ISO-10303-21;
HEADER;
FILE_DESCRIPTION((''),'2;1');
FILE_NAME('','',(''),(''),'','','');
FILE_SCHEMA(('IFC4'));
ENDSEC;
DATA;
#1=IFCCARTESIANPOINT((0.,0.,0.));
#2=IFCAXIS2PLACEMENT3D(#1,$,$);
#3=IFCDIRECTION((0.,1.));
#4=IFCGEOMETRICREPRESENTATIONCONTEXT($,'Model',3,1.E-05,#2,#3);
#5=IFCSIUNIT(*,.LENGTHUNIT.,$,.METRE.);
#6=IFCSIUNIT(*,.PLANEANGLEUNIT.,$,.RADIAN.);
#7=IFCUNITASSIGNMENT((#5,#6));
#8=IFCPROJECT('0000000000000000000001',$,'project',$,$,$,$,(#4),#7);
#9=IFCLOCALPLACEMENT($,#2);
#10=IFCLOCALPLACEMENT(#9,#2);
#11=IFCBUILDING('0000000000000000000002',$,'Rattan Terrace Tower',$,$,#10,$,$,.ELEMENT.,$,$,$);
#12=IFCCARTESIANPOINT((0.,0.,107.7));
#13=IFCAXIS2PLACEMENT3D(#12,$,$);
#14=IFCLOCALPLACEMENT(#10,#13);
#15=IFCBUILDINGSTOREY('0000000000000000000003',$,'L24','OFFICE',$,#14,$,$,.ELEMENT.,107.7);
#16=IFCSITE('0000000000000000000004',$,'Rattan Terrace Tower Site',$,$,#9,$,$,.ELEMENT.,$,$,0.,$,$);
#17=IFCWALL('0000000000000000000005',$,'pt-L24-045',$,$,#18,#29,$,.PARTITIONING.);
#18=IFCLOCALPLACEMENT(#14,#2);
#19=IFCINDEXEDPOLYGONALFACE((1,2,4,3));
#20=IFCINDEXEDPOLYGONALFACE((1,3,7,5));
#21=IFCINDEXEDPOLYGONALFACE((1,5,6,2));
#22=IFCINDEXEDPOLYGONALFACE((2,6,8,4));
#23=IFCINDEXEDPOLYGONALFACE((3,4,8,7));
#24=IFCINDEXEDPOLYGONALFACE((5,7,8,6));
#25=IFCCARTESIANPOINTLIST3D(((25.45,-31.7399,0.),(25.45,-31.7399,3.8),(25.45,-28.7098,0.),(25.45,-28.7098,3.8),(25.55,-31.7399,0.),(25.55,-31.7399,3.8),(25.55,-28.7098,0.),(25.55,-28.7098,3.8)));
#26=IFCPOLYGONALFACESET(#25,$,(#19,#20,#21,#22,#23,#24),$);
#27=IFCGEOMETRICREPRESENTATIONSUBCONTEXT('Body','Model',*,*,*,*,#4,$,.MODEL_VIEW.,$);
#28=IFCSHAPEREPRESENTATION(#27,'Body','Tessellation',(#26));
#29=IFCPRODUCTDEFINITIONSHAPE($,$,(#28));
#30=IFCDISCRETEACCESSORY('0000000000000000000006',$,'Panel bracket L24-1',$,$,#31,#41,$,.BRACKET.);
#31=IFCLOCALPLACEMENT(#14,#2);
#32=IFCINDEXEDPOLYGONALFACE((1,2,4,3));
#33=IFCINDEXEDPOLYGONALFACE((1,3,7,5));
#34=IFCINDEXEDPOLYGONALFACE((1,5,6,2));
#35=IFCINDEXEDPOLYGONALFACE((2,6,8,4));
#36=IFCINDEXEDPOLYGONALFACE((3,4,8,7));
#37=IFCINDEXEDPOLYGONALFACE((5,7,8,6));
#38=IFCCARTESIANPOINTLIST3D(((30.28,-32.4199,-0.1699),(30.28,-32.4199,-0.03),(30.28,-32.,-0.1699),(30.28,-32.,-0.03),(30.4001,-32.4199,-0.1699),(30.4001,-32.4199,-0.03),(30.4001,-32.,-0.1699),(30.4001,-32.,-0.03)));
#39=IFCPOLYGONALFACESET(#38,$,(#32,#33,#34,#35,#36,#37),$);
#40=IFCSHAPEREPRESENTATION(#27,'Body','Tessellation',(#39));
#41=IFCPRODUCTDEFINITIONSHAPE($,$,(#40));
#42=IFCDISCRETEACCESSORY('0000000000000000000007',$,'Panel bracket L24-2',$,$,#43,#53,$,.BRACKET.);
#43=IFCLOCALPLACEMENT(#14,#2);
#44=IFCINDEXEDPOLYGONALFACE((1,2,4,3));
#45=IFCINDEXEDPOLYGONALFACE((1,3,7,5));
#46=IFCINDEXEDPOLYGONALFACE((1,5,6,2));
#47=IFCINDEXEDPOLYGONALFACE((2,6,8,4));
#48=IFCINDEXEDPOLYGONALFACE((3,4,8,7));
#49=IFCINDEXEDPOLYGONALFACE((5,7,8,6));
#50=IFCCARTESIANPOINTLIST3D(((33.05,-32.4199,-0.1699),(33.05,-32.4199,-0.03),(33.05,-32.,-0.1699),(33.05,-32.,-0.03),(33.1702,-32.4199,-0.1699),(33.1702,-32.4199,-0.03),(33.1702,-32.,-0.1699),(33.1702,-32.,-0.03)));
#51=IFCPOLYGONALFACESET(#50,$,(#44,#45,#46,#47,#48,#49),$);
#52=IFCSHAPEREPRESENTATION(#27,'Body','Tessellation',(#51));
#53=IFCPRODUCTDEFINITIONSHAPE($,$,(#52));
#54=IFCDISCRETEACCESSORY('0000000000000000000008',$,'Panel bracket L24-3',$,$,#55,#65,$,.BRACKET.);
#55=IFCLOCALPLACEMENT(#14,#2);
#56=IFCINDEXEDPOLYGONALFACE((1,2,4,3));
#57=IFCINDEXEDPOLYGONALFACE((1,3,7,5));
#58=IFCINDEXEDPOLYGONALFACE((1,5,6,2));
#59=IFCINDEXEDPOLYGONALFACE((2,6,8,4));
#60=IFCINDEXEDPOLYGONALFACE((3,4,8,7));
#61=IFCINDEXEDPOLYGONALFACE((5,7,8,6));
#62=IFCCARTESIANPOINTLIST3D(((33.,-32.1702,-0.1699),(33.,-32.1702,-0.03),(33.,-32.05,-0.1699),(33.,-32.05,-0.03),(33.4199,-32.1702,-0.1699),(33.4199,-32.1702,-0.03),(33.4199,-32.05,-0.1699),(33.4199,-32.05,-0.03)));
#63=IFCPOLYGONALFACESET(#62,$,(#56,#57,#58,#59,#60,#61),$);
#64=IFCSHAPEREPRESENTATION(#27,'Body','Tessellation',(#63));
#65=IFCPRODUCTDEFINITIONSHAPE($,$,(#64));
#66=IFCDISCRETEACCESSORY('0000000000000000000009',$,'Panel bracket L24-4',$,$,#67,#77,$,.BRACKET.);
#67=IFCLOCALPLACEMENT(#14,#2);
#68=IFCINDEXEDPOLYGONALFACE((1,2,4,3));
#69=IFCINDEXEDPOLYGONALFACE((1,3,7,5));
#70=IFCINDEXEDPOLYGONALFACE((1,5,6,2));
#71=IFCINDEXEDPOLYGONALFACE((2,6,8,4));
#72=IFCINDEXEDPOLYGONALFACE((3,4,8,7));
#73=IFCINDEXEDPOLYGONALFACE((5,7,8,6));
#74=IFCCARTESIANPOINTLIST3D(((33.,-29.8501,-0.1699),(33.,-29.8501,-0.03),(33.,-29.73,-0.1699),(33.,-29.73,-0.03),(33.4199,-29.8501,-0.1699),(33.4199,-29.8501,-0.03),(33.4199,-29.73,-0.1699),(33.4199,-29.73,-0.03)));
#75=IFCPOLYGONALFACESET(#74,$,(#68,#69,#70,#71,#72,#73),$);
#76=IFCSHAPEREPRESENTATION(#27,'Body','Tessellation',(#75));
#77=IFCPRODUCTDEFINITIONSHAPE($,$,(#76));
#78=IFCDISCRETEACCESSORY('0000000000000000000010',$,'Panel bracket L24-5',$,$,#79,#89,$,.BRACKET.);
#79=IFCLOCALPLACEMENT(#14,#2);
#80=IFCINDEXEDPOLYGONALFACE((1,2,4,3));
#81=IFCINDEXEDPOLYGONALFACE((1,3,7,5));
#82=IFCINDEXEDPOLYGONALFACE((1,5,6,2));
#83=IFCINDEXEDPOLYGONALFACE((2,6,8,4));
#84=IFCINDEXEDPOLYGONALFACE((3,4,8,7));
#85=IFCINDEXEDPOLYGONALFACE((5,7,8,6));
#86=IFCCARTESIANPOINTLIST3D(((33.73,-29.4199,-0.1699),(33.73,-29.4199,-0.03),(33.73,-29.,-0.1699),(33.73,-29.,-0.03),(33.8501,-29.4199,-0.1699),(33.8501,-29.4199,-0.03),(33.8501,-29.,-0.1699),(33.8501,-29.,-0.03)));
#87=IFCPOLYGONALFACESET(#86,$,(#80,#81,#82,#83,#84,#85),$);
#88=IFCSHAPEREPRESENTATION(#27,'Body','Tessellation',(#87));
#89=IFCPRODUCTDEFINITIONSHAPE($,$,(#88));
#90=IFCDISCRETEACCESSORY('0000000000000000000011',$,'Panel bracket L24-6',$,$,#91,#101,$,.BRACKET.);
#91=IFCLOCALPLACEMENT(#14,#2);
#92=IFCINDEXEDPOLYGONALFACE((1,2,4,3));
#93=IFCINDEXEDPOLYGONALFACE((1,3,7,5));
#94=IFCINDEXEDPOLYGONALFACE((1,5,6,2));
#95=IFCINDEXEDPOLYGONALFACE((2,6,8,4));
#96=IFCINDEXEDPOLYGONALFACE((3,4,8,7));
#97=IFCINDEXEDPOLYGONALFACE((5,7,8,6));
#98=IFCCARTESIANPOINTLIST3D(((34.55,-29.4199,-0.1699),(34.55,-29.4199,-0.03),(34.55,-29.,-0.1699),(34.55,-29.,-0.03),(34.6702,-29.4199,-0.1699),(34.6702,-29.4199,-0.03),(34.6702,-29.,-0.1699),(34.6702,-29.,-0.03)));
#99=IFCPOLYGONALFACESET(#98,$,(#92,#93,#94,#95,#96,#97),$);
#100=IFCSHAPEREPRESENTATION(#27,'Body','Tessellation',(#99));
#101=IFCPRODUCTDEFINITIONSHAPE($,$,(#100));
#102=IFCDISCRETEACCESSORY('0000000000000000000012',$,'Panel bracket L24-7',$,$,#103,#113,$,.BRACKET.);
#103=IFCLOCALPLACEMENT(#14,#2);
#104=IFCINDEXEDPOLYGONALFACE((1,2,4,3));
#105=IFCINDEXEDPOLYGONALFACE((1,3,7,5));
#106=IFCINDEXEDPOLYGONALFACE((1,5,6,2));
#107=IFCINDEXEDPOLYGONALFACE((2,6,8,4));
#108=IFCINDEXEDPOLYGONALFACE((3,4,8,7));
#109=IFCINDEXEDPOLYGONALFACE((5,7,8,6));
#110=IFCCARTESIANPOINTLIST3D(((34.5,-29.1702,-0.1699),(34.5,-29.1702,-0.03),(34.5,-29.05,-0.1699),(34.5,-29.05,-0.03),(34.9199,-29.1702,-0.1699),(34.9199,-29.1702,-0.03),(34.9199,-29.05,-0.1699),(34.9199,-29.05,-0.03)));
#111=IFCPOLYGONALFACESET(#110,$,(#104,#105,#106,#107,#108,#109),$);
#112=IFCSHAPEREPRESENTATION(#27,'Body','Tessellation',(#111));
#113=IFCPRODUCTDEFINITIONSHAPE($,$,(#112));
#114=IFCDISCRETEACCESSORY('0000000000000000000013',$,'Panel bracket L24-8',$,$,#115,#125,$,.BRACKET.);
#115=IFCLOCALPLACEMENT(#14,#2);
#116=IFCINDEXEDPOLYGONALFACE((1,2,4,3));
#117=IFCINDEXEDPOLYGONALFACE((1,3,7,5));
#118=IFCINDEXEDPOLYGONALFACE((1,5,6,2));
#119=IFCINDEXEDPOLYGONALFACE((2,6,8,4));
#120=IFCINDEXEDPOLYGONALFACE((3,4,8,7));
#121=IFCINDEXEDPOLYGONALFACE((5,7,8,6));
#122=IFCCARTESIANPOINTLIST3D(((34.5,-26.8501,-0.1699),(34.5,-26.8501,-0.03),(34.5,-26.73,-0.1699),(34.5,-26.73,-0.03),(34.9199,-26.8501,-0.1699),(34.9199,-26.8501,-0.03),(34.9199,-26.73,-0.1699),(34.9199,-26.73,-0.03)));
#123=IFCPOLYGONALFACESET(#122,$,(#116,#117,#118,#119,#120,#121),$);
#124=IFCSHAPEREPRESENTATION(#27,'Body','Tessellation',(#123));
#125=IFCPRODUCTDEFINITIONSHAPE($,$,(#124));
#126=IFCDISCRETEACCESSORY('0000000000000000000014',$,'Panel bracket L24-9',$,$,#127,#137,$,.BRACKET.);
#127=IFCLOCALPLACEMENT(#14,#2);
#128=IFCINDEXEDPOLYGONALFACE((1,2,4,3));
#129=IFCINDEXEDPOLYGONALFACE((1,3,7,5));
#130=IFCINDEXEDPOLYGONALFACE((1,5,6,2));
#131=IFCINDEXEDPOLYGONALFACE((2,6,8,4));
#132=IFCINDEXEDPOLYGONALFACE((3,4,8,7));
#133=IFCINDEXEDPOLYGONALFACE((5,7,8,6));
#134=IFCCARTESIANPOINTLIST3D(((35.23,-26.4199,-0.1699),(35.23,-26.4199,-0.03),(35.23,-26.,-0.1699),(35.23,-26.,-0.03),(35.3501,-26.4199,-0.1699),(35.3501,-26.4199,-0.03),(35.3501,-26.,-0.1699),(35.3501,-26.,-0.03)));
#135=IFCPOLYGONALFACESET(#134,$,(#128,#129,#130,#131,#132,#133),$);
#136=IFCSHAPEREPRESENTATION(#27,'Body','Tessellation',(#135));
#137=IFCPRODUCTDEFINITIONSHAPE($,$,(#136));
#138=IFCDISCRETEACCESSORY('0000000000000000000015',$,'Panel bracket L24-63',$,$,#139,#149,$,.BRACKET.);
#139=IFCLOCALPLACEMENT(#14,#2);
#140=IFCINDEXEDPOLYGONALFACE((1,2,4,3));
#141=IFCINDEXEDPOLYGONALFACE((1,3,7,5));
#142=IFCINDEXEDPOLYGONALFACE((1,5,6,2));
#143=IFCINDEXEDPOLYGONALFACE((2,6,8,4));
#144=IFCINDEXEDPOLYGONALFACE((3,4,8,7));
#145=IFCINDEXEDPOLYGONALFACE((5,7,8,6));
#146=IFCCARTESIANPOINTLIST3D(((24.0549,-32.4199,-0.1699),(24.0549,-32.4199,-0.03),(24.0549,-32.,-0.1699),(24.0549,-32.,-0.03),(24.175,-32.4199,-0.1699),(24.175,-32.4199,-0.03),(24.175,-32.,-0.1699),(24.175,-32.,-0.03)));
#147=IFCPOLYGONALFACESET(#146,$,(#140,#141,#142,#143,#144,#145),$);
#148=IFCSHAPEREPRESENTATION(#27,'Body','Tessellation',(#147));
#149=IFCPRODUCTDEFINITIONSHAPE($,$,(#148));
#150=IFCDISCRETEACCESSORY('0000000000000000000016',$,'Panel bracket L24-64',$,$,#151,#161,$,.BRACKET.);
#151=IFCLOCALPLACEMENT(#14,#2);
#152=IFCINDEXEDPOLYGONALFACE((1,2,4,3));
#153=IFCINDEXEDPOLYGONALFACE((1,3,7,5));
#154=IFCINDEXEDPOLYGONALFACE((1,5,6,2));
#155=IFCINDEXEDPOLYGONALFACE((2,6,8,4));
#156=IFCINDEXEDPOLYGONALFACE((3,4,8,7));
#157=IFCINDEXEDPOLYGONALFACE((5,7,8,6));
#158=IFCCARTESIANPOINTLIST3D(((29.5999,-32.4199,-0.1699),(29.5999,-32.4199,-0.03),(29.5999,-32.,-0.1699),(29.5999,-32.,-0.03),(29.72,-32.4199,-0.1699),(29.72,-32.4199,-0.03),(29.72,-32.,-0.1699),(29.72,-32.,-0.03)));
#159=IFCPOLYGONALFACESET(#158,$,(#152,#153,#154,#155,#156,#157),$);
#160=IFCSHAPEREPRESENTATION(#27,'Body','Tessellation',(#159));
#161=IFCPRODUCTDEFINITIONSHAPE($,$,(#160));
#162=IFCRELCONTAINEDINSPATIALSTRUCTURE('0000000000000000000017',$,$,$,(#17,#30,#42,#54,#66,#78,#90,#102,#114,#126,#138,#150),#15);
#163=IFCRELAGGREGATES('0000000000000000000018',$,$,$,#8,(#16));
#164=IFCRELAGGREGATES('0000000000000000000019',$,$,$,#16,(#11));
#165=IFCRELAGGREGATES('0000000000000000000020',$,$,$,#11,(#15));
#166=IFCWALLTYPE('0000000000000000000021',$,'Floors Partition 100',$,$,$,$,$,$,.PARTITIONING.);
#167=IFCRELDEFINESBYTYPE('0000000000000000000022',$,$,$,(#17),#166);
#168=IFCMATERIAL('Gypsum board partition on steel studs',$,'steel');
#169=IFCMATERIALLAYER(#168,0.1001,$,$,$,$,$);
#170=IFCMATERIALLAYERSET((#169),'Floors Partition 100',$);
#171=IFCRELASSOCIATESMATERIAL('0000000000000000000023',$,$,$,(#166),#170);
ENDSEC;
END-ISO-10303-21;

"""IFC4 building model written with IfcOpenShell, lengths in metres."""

from ifc_helpers import new_model, si_unit, direction, frame, frame_2d, origin, origin_2d, place, context, subcontext, project, spatial, rectangle, extrude, material, layer, layer_set, type_object, element, save


model = new_model("IFC4")

# Units and contexts
model_context = context("Model", 3, precision=1e-05, world=origin(), true_north=direction((0.0, 1.0)))
body_context = subcontext(model_context, "Body", "Model", "MODEL_VIEW")
ifc_project = project(units=[si_unit("LENGTHUNIT", "METRE"), si_unit("PLANEANGLEUNIT", "RADIAN")], contexts=[model_context])

# Site, building, storey
site_placement = place(None, origin())
site = spatial("IfcSite", under=ifc_project, at=site_placement, Name="Rattan Terrace Tower Site", CompositionType="ELEMENT", RefElevation=0.0)
building_placement = place(site_placement, origin())
building = spatial("IfcBuilding", under=site, at=building_placement, Name="Rattan Terrace Tower", CompositionType="ELEMENT")
storey_placement = place(building_placement, frame((0.0, 0.0, 107.7)))
storey = spatial("IfcBuildingStorey", under=building, at=storey_placement, Name="L24", Description="OFFICE", CompositionType="ELEMENT", Elevation=107.7)

# Shared definitions
ifc_material_1 = material(Name="Gypsum board partition on steel studs", Category="steel")
ifc_layer_1 = layer(ifc_material_1, 0.1001)
ifc_layer_set_1 = layer_set([ifc_layer_1], Name="Floors Partition 100")
wall_type_1 = type_object("IfcWallType", Name="Floors Partition 100", PredefinedType="PARTITIONING", material=ifc_layer_set_1)

# Wall
wall_1_placement = place(storey_placement, frame((25.5, -31.74, 0.0), z_axis=(0.0, 0.0, 1.0), x_axis=(0.0, 1.0, 0.0)))
element("IfcWall", 1, at=wall_1_placement, inside=storey, type_object=wall_type_1, Name="pt-L24-045", PredefinedType="PARTITIONING", context=body_context, shape_type="SweptSolid", body=[
    extrude(rectangle(XDim=3.03, YDim=0.1001, at=frame_2d((1.5151, 0.0))), origin(), (0.0, 0.0, 1.0), 3.8),
])

# Discrete accessories
for number, where, z_axis, x_axis, name in (
    (2, (30.3401, -32.21, -0.1699), (0.0, 0.0, 1.0), (1.0, 0.0, 0.0), "Panel bracket L24-1"),
    (3, (33.1101, -32.21, -0.1699), (0.0, 0.0, 1.0), (1.0, 0.0, 0.0), "Panel bracket L24-2"),
    (4, (33.21, -32.1101, -0.1699), (0.0, 0.0, 1.0), (0.0, 1.0, 0.0), "Panel bracket L24-3"),
    (5, (33.21, -29.79, -0.1699), (0.0, 0.0, 1.0), (0.0, 1.0, 0.0), "Panel bracket L24-4"),
    (6, (33.79, -29.21, -0.1699), (0.0, 0.0, 1.0), (1.0, 0.0, 0.0), "Panel bracket L24-5"),
    (7, (34.6101, -29.21, -0.1699), (0.0, 0.0, 1.0), (1.0, 0.0, 0.0), "Panel bracket L24-6"),
    (8, (34.71, -29.1101, -0.1699), (0.0, 0.0, 1.0), (0.0, 1.0, 0.0), "Panel bracket L24-7"),
    (9, (34.71, -26.79, -0.1699), (0.0, 0.0, 1.0), (0.0, 1.0, 0.0), "Panel bracket L24-8"),
    (10, (35.29, -26.21, -0.1699), (0.0, 0.0, 1.0), (1.0, 0.0, 0.0), "Panel bracket L24-9"),
    (11, (24.115, -32.21, -0.1699), (0.0, 0.0, 1.0), (1.0, 0.0, 0.0), "Panel bracket L24-63"),
    (12, (29.6599, -32.21, -0.1699), (0.0, 0.0, 1.0), (1.0, 0.0, 0.0), "Panel bracket L24-64"),
):
    element("IfcDiscreteAccessory", number, at=place(storey_placement, frame(where, z_axis=z_axis, x_axis=x_axis)), inside=storey, Name=name, PredefinedType="BRACKET", context=body_context, shape_type="SweptSolid", body=[
        extrude(rectangle(XDim=0.1201, YDim=0.4199, at=origin_2d()), origin(), (0.0, 0.0, 1.0), 0.1399),
    ])

save(model, "model.ifc")
